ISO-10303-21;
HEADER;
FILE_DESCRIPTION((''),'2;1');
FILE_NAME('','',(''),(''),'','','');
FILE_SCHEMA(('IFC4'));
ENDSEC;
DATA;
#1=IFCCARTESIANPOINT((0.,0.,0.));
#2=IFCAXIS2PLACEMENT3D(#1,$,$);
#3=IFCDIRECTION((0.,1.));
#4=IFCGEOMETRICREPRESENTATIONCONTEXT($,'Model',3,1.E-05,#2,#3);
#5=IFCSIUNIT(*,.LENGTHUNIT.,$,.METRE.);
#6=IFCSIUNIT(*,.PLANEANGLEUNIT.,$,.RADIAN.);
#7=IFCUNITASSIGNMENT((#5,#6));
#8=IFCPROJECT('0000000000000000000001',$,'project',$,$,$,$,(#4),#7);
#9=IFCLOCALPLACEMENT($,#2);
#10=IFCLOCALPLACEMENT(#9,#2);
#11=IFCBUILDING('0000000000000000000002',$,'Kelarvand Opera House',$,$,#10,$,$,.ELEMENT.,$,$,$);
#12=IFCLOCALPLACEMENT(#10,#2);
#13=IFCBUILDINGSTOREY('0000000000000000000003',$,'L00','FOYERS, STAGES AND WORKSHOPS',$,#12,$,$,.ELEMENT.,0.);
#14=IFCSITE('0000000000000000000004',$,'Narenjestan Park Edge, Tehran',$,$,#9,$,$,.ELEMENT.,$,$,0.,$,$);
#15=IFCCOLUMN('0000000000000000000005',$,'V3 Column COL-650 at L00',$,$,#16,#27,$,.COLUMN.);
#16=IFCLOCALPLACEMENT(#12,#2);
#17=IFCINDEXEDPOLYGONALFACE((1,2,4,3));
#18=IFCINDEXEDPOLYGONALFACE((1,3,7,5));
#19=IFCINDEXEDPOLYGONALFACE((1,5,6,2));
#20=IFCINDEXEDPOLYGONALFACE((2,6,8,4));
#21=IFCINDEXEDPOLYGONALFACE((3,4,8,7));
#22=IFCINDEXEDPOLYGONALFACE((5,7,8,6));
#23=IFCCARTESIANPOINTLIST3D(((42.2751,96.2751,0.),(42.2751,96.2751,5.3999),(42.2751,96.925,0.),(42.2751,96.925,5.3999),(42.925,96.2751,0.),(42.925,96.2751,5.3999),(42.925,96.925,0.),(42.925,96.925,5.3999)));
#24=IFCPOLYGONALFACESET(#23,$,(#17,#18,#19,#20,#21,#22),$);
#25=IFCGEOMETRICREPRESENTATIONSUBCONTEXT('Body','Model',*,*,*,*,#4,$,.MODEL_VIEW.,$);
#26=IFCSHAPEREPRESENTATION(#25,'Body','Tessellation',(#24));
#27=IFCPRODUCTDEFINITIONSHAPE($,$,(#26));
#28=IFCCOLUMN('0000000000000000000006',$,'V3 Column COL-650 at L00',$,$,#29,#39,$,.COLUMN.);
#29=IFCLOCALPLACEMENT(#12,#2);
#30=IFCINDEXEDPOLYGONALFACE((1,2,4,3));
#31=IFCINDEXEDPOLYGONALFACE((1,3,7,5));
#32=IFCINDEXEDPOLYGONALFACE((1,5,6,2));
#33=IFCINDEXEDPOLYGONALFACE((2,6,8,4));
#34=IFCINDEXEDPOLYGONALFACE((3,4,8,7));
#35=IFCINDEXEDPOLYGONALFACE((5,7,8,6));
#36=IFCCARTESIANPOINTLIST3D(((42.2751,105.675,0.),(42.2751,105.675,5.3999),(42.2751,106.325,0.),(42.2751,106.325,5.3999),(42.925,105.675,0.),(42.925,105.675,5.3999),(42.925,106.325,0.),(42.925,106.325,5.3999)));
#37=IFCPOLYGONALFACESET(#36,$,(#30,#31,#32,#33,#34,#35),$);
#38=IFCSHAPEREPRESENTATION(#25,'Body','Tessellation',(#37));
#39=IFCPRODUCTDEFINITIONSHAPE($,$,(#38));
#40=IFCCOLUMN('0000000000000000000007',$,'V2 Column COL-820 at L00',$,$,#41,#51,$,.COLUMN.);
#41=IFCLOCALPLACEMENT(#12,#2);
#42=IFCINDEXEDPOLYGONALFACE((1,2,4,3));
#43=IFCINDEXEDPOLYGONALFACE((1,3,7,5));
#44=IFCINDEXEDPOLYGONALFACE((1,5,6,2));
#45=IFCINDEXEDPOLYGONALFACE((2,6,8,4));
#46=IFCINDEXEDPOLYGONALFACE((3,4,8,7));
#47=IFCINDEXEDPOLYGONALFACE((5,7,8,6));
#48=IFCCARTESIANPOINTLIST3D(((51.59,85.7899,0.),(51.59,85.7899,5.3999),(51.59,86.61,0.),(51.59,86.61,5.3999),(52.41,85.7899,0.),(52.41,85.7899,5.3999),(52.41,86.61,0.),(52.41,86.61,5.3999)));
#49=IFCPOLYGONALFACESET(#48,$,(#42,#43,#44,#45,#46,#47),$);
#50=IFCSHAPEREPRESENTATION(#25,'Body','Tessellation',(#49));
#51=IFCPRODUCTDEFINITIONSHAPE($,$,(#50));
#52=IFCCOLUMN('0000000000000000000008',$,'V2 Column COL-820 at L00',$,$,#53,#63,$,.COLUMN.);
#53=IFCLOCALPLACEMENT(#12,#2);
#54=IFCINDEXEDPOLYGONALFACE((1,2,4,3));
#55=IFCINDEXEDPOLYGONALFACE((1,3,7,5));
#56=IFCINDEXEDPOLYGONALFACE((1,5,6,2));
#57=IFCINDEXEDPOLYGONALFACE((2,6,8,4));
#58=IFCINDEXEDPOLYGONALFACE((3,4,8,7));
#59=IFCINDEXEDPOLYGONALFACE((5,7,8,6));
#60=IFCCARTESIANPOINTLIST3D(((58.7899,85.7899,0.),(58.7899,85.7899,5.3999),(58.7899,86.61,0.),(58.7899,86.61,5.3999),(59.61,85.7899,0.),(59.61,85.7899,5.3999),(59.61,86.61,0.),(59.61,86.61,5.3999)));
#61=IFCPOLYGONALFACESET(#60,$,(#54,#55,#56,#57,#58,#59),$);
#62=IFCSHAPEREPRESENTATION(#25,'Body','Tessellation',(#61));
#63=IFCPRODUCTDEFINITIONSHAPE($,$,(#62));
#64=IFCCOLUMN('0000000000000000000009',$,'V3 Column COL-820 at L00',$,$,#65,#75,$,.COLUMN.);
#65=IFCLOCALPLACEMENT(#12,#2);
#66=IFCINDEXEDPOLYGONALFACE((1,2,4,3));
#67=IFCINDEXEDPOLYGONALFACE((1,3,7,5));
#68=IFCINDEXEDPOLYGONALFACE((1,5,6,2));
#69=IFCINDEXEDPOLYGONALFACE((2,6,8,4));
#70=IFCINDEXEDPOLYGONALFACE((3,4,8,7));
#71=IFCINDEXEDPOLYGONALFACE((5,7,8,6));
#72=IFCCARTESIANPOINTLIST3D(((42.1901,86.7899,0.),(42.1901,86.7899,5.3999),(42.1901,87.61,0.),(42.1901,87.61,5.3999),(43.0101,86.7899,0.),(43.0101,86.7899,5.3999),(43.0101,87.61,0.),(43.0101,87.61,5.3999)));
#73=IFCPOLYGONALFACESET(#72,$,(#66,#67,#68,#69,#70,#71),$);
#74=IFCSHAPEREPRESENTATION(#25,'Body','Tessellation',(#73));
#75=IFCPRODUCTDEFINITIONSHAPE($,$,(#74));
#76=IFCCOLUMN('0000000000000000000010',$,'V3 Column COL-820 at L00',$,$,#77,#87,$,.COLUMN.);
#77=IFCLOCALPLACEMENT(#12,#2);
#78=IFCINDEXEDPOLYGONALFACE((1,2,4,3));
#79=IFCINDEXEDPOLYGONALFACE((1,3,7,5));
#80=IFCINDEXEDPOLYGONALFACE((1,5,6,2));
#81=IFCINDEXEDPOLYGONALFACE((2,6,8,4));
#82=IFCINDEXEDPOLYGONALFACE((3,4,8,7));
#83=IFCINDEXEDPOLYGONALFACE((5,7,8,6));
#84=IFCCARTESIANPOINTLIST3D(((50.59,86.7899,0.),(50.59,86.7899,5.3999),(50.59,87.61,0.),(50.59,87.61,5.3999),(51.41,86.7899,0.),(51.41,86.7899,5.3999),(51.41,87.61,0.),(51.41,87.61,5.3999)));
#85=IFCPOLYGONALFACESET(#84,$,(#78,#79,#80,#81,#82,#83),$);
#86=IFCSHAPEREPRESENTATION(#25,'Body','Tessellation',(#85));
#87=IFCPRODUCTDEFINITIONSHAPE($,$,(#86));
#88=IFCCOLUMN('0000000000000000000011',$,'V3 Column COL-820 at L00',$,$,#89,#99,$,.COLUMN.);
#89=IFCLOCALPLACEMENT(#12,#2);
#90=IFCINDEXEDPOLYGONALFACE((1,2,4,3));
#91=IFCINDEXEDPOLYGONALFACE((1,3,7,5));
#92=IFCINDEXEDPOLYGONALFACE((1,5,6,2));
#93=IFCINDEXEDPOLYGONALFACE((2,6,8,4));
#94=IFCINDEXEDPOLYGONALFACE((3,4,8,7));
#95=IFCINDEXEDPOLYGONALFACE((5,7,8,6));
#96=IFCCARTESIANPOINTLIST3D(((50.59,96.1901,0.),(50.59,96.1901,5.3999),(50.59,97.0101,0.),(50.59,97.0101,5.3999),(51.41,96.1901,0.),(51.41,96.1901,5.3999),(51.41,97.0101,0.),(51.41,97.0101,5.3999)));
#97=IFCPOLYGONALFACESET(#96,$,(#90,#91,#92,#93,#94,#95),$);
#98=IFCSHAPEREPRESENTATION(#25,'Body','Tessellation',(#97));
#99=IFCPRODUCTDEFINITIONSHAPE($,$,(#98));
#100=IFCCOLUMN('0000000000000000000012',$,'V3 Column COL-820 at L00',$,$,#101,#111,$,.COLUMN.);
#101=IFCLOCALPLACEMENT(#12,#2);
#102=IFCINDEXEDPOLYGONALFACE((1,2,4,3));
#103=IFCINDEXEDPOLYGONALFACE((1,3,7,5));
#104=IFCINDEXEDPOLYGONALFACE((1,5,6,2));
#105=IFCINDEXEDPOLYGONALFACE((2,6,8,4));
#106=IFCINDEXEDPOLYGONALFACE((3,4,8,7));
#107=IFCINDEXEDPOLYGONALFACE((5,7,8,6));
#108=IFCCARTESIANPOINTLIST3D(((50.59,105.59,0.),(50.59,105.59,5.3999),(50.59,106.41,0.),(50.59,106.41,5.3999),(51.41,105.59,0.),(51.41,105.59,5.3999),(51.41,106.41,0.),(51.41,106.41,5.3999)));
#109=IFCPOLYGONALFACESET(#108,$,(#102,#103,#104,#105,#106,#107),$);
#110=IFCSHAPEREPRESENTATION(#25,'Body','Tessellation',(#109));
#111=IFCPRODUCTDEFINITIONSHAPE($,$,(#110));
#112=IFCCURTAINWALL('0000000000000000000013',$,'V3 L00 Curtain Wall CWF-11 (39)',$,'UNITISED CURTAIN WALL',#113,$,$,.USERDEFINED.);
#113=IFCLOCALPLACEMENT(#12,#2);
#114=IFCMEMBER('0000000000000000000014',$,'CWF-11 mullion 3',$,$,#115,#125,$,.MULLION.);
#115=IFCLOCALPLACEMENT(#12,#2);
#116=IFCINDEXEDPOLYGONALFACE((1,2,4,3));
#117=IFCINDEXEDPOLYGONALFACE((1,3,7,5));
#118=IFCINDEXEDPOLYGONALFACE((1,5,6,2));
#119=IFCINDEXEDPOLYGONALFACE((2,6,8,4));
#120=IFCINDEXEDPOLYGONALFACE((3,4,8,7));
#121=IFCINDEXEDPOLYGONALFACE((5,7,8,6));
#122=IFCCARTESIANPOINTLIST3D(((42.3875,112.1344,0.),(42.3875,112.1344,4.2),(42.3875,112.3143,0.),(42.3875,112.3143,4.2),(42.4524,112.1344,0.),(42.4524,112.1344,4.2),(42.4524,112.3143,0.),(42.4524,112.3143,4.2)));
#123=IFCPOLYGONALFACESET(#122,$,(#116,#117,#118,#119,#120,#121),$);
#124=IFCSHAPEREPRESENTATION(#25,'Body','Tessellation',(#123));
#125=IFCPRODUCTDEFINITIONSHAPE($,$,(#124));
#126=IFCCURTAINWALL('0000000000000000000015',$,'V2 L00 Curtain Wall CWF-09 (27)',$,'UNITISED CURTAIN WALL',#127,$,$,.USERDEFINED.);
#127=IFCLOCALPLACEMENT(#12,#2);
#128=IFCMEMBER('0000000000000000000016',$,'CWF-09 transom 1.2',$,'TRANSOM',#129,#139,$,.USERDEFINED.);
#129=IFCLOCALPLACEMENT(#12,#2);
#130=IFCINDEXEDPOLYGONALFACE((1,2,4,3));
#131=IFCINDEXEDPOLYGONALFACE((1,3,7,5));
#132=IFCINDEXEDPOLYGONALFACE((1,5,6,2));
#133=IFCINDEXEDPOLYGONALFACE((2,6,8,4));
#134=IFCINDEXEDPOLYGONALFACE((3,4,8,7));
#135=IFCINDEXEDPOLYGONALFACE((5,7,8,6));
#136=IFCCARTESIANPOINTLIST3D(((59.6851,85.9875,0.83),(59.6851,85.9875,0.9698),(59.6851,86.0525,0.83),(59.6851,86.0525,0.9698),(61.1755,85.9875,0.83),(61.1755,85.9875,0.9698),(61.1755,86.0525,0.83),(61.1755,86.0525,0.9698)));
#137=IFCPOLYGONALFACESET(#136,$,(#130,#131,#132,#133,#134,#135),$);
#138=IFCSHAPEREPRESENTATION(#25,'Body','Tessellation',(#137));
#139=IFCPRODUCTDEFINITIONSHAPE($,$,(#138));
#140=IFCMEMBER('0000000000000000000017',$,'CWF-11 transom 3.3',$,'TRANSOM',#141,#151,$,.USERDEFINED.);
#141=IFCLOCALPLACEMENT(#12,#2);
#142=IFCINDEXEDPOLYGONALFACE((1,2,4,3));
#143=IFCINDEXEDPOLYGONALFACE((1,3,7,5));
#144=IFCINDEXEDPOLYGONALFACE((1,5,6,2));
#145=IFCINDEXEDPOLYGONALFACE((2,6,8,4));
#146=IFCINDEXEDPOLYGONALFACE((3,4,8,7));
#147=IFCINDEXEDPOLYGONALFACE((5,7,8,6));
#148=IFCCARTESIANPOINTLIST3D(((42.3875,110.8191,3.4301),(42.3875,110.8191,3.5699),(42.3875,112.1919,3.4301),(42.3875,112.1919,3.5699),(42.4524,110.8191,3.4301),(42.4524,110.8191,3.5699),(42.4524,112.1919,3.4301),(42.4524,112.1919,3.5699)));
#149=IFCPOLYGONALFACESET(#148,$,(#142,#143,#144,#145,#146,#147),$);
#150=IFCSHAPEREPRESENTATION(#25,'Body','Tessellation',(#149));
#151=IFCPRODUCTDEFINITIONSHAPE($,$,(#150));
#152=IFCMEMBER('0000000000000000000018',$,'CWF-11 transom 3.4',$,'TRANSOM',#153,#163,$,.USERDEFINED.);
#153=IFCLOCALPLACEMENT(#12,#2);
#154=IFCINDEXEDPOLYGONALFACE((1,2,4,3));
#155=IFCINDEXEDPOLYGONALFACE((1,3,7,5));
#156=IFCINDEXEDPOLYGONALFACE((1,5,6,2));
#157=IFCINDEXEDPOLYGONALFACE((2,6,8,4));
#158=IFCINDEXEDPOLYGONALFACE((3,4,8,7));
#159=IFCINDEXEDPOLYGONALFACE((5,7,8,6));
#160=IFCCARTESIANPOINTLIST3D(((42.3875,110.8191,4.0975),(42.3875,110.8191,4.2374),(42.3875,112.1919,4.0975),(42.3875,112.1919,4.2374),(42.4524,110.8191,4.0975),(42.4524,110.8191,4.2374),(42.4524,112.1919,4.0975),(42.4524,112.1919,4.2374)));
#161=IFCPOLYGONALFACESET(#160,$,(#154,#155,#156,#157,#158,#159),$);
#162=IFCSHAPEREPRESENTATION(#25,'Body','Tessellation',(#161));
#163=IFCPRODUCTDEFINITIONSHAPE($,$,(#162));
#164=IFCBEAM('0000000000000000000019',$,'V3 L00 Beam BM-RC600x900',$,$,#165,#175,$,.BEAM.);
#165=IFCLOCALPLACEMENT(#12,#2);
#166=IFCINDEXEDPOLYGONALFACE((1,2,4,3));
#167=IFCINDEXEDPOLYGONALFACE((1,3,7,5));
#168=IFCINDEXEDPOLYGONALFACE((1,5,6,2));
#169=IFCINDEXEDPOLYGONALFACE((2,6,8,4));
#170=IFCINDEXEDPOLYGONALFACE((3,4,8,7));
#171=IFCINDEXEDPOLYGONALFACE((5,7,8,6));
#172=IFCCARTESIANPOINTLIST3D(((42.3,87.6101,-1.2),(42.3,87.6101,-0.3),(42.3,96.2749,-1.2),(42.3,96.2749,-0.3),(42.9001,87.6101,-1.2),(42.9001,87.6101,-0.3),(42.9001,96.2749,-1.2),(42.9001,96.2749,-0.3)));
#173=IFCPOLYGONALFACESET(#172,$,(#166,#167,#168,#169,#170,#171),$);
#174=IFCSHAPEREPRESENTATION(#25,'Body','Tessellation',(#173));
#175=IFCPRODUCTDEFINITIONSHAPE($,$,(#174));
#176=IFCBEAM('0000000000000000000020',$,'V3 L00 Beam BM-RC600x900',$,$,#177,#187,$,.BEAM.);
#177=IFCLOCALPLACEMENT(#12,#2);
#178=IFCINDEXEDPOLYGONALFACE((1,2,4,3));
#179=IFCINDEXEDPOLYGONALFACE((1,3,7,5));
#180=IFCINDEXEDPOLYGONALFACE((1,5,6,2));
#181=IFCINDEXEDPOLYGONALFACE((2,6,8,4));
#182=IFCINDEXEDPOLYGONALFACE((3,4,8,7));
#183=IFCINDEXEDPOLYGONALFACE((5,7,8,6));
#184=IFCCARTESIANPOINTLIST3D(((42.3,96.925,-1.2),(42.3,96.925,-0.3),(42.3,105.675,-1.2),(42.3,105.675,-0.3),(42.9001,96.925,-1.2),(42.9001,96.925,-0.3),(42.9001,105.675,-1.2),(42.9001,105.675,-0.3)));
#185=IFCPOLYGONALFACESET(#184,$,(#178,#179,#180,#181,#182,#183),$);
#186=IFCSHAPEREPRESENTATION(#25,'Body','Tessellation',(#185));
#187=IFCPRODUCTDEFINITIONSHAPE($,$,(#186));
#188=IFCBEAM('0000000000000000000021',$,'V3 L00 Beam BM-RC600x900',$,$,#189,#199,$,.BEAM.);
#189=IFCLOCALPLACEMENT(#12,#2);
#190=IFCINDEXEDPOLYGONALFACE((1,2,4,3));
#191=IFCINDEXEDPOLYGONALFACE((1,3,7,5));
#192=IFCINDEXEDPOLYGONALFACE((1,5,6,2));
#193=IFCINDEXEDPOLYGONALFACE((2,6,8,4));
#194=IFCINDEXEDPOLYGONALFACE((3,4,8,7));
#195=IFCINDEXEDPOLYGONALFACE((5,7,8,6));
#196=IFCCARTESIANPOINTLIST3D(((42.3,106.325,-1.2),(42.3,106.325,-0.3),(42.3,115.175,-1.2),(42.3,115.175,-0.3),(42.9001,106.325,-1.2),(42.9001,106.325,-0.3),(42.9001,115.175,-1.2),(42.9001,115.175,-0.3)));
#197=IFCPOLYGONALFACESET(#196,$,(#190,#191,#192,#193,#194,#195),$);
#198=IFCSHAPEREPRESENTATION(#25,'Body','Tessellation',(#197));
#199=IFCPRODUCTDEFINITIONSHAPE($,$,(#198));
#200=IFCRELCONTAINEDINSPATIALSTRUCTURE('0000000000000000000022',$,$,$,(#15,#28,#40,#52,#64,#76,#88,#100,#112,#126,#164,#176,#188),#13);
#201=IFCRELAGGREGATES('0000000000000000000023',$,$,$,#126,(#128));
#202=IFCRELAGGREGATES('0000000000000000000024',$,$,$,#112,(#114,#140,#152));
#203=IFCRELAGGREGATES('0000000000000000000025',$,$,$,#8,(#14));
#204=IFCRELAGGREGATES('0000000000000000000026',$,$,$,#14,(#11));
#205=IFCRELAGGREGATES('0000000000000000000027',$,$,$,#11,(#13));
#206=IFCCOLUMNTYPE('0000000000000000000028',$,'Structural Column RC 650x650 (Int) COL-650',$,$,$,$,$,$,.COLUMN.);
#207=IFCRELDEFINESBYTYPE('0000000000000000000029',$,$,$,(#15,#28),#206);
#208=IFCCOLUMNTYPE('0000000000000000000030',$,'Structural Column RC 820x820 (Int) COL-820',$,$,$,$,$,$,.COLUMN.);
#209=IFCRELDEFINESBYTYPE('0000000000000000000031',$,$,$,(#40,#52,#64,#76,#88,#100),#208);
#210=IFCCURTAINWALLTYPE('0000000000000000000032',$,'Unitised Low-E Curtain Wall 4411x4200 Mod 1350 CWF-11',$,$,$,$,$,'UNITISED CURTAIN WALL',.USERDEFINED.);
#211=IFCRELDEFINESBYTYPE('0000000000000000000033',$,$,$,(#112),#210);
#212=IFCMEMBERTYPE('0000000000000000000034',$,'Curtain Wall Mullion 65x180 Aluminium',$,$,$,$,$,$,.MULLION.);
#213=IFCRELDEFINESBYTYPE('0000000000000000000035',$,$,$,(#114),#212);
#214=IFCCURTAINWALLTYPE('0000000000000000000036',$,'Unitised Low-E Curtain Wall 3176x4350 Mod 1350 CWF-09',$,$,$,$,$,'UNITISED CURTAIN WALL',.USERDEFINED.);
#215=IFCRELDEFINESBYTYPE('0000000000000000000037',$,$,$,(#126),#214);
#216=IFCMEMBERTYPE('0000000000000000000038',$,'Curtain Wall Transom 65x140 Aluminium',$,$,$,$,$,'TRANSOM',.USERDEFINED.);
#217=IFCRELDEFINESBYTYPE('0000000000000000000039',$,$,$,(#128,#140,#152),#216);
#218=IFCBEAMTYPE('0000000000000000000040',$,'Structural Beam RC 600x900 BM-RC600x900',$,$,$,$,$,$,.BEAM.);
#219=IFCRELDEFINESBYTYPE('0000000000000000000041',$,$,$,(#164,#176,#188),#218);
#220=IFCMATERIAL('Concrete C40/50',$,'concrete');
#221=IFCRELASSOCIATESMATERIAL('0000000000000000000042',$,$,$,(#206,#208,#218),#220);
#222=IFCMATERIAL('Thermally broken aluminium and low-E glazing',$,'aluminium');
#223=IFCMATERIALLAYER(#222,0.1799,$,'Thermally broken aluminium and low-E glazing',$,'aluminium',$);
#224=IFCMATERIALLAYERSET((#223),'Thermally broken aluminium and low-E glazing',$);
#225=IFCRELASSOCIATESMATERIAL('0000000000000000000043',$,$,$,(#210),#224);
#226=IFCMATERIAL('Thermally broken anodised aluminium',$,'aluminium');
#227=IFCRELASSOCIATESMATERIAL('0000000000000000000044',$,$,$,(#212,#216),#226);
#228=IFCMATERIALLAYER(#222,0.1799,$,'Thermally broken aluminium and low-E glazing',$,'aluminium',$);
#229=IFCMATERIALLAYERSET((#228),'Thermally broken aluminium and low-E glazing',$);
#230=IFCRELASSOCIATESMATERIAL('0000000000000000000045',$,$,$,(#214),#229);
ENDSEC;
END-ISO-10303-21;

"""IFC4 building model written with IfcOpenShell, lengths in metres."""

from ifc_helpers import new_model, si_unit, direction, frame, origin, origin_2d, place, context, subcontext, project, spatial, rectangle, extrude, material, layer, layer_set, material_profile, profile_set, type_object, element, aggregate, save


model = new_model("IFC4")

# Units and contexts
model_context = context("Model", 3, precision=1e-05, world=origin(), true_north=direction((0.0, 1.0)))
body_context = subcontext(model_context, "Body", "Model", "MODEL_VIEW")
ifc_project = project(units=[si_unit("LENGTHUNIT", "METRE"), si_unit("PLANEANGLEUNIT", "RADIAN")], contexts=[model_context])

# Site, building, storey
site_placement = place(None, origin())
site = spatial("IfcSite", under=ifc_project, at=site_placement, Name="Narenjestan Park Edge, Tehran", CompositionType="ELEMENT", RefElevation=0.0)
building_placement = place(site_placement, origin())
building = spatial("IfcBuilding", under=site, at=building_placement, Name="Kelarvand Opera House", CompositionType="ELEMENT")
storey_placement = place(building_placement, origin())
storey = spatial("IfcBuildingStorey", under=building, at=storey_placement, Name="L00", Description="FOYERS, STAGES AND WORKSHOPS", CompositionType="ELEMENT", Elevation=0.0)

# Columns
ifc_material_1 = material(Name="Concrete C40/50", Category="concrete")
ifc_material_profile_1 = material_profile(ifc_material_1, rectangle(XDim=0.6499, YDim=0.6499, at=origin_2d()), Name="RC 650x650", Category="concrete")
ifc_profile_set_1 = profile_set([ifc_material_profile_1], Name="Concrete C40/50")
column_type_1 = type_object("IfcColumnType", Name="Structural Column RC 650x650 (Int) COL-650", PredefinedType="COLUMN", material=ifc_profile_set_1)
for number, where, z_axis, x_axis, name in (
    (1, (42.6001, 96.6001, 0.0), (0.0, 0.0, 1.0), (1.0, 0.0, 0.0), "V3 Column COL-650 at L00"),
    (2, (42.6001, 106.0, 0.0), (0.0, 0.0, 1.0), (1.0, 0.0, 0.0), "V3 Column COL-650 at L00"),
):
    element("IfcColumn", number, at=place(storey_placement, frame(where, z_axis=z_axis, x_axis=x_axis)), inside=storey, type_object=column_type_1, Name=name, PredefinedType="COLUMN", context=body_context, shape_type="SweptSolid", body=[
        extrude(rectangle(XDim=0.6499, YDim=0.6499, at=origin_2d()), origin(), (0.0, 0.0, 1.0), 5.3999),
    ])
ifc_material_profile_2 = material_profile(ifc_material_1, rectangle(XDim=0.8201, YDim=0.8201, at=origin_2d()), Name="RC 820x820", Category="concrete")
ifc_profile_set_2 = profile_set([ifc_material_profile_2], Name="Concrete C40/50")
column_type_2 = type_object("IfcColumnType", Name="Structural Column RC 820x820 (Int) COL-820", PredefinedType="COLUMN", material=ifc_profile_set_2)
for number, where, z_axis, x_axis, name in (
    (3, (52.0, 86.2, 0.0), (0.0, 0.0, 1.0), (1.0, 0.0, 0.0), "V2 Column COL-820 at L00"),
    (4, (59.2, 86.2, 0.0), (0.0, 0.0, 1.0), (1.0, 0.0, 0.0), "V2 Column COL-820 at L00"),
    (5, (42.6001, 87.2, 0.0), (0.0, 0.0, 1.0), (1.0, 0.0, 0.0), "V3 Column COL-820 at L00"),
    (6, (51.0, 87.2, 0.0), (0.0, 0.0, 1.0), (1.0, 0.0, 0.0), "V3 Column COL-820 at L00"),
    (7, (51.0, 96.6001, 0.0), (0.0, 0.0, 1.0), (1.0, 0.0, 0.0), "V3 Column COL-820 at L00"),
    (8, (51.0, 106.0, 0.0), (0.0, 0.0, 1.0), (1.0, 0.0, 0.0), "V3 Column COL-820 at L00"),
):
    element("IfcColumn", number, at=place(storey_placement, frame(where, z_axis=z_axis, x_axis=x_axis)), inside=storey, type_object=column_type_2, Name=name, PredefinedType="COLUMN", context=body_context, shape_type="SweptSolid", body=[
        extrude(rectangle(XDim=0.8201, YDim=0.8201, at=origin_2d()), origin(), (0.0, 0.0, 1.0), 5.3999),
    ])

# Curtain walls, members
ifc_material_2 = material(Name="Thermally broken aluminium and low-E glazing", Category="aluminium")
ifc_layer_1 = layer(ifc_material_2, 0.1799, Name="Thermally broken aluminium and low-E glazing", Category="aluminium")
ifc_layer_set_1 = layer_set([ifc_layer_1], Name="Thermally broken aluminium and low-E glazing")
curtain_wall_type_1 = type_object("IfcCurtainWallType", Name="Unitised Low-E Curtain Wall 4411x4200 Mod 1350 CWF-11", ElementType="UNITISED CURTAIN WALL", PredefinedType="USERDEFINED", material=ifc_layer_set_1)
curtain_wall_1_placement = place(storey_placement, origin())
curtain_wall_1 = element("IfcCurtainWall", 9, at=curtain_wall_1_placement, inside=storey, type_object=curtain_wall_type_1, Name="V3 L00 Curtain Wall CWF-11 (39)", ObjectType="UNITISED CURTAIN WALL", PredefinedType="USERDEFINED")
ifc_material_3 = material(Name="Thermally broken anodised aluminium", Category="aluminium")
ifc_material_profile_3 = material_profile(ifc_material_3, rectangle(XDim=0.0649, YDim=0.1799, at=origin_2d()), Name="ALU MULLION 65x180", Category="aluminium")
ifc_profile_set_3 = profile_set([ifc_material_profile_3], Name="Thermally broken anodised aluminium")
member_type_1 = type_object("IfcMemberType", Name="Curtain Wall Mullion 65x180 Aluminium", PredefinedType="MULLION", material=ifc_profile_set_3)
member_1_placement = place(storey_placement, frame((42.4199, 112.2244, 0.0), z_axis=(0.0, 0.0, 1.0), x_axis=(1.0, 0.0, 0.0)))
member_1 = element("IfcMember", 10, at=member_1_placement, type_object=member_type_1, Name="CWF-11 mullion 3", PredefinedType="MULLION", context=body_context, shape_type="SweptSolid", body=[
    extrude(rectangle(XDim=0.0649, YDim=0.1799, at=origin_2d()), origin(), (0.0, 0.0, 1.0), 4.2),
])
ifc_layer_2 = layer(ifc_material_2, 0.1799, Name="Thermally broken aluminium and low-E glazing", Category="aluminium")
ifc_layer_set_2 = layer_set([ifc_layer_2], Name="Thermally broken aluminium and low-E glazing")
curtain_wall_type_2 = type_object("IfcCurtainWallType", Name="Unitised Low-E Curtain Wall 3176x4350 Mod 1350 CWF-09", ElementType="UNITISED CURTAIN WALL", PredefinedType="USERDEFINED", material=ifc_layer_set_2)
curtain_wall_2_placement = place(storey_placement, origin())
curtain_wall_2 = element("IfcCurtainWall", 11, at=curtain_wall_2_placement, inside=storey, type_object=curtain_wall_type_2, Name="V2 L00 Curtain Wall CWF-09 (27)", ObjectType="UNITISED CURTAIN WALL", PredefinedType="USERDEFINED")
ifc_material_profile_4 = material_profile(ifc_material_3, rectangle(XDim=0.0649, YDim=0.1399, at=origin_2d()), Name="ALU TRANSOM 65x140", Category="aluminium")
ifc_profile_set_4 = profile_set([ifc_material_profile_4], Name="Thermally broken anodised aluminium")
member_type_2 = type_object("IfcMemberType", Name="Curtain Wall Transom 65x140 Aluminium", ElementType="TRANSOM", PredefinedType="USERDEFINED", material=ifc_profile_set_4)
member_2_placement = place(storey_placement, frame((59.6851, 86.02, 0.8999), z_axis=(1.0, 0.0, 0.0), x_axis=(0.0, 1.0, 0.0)))
member_2 = element("IfcMember", 12, at=member_2_placement, type_object=member_type_2, Name="CWF-09 transom 1.2", ObjectType="TRANSOM", PredefinedType="USERDEFINED", context=body_context, shape_type="SweptSolid", body=[
    extrude(rectangle(XDim=0.0649, YDim=0.1399, at=origin_2d()), origin(), (0.0, 0.0, 1.0), 1.4905),
])
aggregate(curtain_wall_2, [member_2])

# Members
member_3_placement = place(storey_placement, frame((42.4199, 112.1919, 3.5), z_axis=(0.0, -1.0, 0.0), x_axis=(1.0, 0.0, 0.0)))
member_3 = element("IfcMember", 13, at=member_3_placement, type_object=member_type_2, Name="CWF-11 transom 3.3", ObjectType="TRANSOM", PredefinedType="USERDEFINED", context=body_context, shape_type="SweptSolid", body=[
    extrude(rectangle(XDim=0.0649, YDim=0.1399, at=origin_2d()), origin(), (0.0, 0.0, 1.0), 1.3728),
])
member_4_placement = place(storey_placement, frame((42.4199, 112.1919, 4.1675), z_axis=(0.0, -1.0, 0.0), x_axis=(1.0, 0.0, 0.0)))
member_4 = element("IfcMember", 14, at=member_4_placement, type_object=member_type_2, Name="CWF-11 transom 3.4", ObjectType="TRANSOM", PredefinedType="USERDEFINED", context=body_context, shape_type="SweptSolid", body=[
    extrude(rectangle(XDim=0.0649, YDim=0.1399, at=origin_2d()), origin(), (0.0, 0.0, 1.0), 1.3728),
])

# Beams
ifc_material_profile_5 = material_profile(ifc_material_1, rectangle(XDim=0.6001, YDim=0.8999, at=origin_2d()), Name="RC 600x900", Category="concrete")
ifc_profile_set_5 = profile_set([ifc_material_profile_5], Name="Concrete C40/50")
beam_type_1 = type_object("IfcBeamType", Name="Structural Beam RC 600x900 BM-RC600x900", PredefinedType="BEAM", material=ifc_profile_set_5)
beam_1_placement = place(storey_placement, frame((42.6001, 87.6101, -0.75), z_axis=(0.0, 1.0, 0.0), x_axis=(-1.0, 0.0, 0.0)))
element("IfcBeam", 15, at=beam_1_placement, inside=storey, type_object=beam_type_1, Name="V3 L00 Beam BM-RC600x900", PredefinedType="BEAM", context=body_context, shape_type="SweptSolid", body=[
    extrude(rectangle(XDim=0.6001, YDim=0.8999, at=origin_2d()), origin(), (0.0, 0.0, 1.0), 8.6648),
])
beam_2_placement = place(storey_placement, frame((42.6001, 96.925, -0.75), z_axis=(0.0, 1.0, 0.0), x_axis=(-1.0, 0.0, 0.0)))
element("IfcBeam", 16, at=beam_2_placement, inside=storey, type_object=beam_type_1, Name="V3 L00 Beam BM-RC600x900", PredefinedType="BEAM", context=body_context, shape_type="SweptSolid", body=[
    extrude(rectangle(XDim=0.6001, YDim=0.8999, at=origin_2d()), origin(), (0.0, 0.0, 1.0), 8.75),
])
beam_3_placement = place(storey_placement, frame((42.6001, 106.325, -0.75), z_axis=(0.0, 1.0, 0.0), x_axis=(-1.0, 0.0, 0.0)))
element("IfcBeam", 17, at=beam_3_placement, inside=storey, type_object=beam_type_1, Name="V3 L00 Beam BM-RC600x900", PredefinedType="BEAM", context=body_context, shape_type="SweptSolid", body=[
    extrude(rectangle(XDim=0.6001, YDim=0.8999, at=origin_2d()), origin(), (0.0, 0.0, 1.0), 8.8501),
])

aggregate(curtain_wall_1, [member_1, member_3, member_4])

save(model, "model.ifc")
